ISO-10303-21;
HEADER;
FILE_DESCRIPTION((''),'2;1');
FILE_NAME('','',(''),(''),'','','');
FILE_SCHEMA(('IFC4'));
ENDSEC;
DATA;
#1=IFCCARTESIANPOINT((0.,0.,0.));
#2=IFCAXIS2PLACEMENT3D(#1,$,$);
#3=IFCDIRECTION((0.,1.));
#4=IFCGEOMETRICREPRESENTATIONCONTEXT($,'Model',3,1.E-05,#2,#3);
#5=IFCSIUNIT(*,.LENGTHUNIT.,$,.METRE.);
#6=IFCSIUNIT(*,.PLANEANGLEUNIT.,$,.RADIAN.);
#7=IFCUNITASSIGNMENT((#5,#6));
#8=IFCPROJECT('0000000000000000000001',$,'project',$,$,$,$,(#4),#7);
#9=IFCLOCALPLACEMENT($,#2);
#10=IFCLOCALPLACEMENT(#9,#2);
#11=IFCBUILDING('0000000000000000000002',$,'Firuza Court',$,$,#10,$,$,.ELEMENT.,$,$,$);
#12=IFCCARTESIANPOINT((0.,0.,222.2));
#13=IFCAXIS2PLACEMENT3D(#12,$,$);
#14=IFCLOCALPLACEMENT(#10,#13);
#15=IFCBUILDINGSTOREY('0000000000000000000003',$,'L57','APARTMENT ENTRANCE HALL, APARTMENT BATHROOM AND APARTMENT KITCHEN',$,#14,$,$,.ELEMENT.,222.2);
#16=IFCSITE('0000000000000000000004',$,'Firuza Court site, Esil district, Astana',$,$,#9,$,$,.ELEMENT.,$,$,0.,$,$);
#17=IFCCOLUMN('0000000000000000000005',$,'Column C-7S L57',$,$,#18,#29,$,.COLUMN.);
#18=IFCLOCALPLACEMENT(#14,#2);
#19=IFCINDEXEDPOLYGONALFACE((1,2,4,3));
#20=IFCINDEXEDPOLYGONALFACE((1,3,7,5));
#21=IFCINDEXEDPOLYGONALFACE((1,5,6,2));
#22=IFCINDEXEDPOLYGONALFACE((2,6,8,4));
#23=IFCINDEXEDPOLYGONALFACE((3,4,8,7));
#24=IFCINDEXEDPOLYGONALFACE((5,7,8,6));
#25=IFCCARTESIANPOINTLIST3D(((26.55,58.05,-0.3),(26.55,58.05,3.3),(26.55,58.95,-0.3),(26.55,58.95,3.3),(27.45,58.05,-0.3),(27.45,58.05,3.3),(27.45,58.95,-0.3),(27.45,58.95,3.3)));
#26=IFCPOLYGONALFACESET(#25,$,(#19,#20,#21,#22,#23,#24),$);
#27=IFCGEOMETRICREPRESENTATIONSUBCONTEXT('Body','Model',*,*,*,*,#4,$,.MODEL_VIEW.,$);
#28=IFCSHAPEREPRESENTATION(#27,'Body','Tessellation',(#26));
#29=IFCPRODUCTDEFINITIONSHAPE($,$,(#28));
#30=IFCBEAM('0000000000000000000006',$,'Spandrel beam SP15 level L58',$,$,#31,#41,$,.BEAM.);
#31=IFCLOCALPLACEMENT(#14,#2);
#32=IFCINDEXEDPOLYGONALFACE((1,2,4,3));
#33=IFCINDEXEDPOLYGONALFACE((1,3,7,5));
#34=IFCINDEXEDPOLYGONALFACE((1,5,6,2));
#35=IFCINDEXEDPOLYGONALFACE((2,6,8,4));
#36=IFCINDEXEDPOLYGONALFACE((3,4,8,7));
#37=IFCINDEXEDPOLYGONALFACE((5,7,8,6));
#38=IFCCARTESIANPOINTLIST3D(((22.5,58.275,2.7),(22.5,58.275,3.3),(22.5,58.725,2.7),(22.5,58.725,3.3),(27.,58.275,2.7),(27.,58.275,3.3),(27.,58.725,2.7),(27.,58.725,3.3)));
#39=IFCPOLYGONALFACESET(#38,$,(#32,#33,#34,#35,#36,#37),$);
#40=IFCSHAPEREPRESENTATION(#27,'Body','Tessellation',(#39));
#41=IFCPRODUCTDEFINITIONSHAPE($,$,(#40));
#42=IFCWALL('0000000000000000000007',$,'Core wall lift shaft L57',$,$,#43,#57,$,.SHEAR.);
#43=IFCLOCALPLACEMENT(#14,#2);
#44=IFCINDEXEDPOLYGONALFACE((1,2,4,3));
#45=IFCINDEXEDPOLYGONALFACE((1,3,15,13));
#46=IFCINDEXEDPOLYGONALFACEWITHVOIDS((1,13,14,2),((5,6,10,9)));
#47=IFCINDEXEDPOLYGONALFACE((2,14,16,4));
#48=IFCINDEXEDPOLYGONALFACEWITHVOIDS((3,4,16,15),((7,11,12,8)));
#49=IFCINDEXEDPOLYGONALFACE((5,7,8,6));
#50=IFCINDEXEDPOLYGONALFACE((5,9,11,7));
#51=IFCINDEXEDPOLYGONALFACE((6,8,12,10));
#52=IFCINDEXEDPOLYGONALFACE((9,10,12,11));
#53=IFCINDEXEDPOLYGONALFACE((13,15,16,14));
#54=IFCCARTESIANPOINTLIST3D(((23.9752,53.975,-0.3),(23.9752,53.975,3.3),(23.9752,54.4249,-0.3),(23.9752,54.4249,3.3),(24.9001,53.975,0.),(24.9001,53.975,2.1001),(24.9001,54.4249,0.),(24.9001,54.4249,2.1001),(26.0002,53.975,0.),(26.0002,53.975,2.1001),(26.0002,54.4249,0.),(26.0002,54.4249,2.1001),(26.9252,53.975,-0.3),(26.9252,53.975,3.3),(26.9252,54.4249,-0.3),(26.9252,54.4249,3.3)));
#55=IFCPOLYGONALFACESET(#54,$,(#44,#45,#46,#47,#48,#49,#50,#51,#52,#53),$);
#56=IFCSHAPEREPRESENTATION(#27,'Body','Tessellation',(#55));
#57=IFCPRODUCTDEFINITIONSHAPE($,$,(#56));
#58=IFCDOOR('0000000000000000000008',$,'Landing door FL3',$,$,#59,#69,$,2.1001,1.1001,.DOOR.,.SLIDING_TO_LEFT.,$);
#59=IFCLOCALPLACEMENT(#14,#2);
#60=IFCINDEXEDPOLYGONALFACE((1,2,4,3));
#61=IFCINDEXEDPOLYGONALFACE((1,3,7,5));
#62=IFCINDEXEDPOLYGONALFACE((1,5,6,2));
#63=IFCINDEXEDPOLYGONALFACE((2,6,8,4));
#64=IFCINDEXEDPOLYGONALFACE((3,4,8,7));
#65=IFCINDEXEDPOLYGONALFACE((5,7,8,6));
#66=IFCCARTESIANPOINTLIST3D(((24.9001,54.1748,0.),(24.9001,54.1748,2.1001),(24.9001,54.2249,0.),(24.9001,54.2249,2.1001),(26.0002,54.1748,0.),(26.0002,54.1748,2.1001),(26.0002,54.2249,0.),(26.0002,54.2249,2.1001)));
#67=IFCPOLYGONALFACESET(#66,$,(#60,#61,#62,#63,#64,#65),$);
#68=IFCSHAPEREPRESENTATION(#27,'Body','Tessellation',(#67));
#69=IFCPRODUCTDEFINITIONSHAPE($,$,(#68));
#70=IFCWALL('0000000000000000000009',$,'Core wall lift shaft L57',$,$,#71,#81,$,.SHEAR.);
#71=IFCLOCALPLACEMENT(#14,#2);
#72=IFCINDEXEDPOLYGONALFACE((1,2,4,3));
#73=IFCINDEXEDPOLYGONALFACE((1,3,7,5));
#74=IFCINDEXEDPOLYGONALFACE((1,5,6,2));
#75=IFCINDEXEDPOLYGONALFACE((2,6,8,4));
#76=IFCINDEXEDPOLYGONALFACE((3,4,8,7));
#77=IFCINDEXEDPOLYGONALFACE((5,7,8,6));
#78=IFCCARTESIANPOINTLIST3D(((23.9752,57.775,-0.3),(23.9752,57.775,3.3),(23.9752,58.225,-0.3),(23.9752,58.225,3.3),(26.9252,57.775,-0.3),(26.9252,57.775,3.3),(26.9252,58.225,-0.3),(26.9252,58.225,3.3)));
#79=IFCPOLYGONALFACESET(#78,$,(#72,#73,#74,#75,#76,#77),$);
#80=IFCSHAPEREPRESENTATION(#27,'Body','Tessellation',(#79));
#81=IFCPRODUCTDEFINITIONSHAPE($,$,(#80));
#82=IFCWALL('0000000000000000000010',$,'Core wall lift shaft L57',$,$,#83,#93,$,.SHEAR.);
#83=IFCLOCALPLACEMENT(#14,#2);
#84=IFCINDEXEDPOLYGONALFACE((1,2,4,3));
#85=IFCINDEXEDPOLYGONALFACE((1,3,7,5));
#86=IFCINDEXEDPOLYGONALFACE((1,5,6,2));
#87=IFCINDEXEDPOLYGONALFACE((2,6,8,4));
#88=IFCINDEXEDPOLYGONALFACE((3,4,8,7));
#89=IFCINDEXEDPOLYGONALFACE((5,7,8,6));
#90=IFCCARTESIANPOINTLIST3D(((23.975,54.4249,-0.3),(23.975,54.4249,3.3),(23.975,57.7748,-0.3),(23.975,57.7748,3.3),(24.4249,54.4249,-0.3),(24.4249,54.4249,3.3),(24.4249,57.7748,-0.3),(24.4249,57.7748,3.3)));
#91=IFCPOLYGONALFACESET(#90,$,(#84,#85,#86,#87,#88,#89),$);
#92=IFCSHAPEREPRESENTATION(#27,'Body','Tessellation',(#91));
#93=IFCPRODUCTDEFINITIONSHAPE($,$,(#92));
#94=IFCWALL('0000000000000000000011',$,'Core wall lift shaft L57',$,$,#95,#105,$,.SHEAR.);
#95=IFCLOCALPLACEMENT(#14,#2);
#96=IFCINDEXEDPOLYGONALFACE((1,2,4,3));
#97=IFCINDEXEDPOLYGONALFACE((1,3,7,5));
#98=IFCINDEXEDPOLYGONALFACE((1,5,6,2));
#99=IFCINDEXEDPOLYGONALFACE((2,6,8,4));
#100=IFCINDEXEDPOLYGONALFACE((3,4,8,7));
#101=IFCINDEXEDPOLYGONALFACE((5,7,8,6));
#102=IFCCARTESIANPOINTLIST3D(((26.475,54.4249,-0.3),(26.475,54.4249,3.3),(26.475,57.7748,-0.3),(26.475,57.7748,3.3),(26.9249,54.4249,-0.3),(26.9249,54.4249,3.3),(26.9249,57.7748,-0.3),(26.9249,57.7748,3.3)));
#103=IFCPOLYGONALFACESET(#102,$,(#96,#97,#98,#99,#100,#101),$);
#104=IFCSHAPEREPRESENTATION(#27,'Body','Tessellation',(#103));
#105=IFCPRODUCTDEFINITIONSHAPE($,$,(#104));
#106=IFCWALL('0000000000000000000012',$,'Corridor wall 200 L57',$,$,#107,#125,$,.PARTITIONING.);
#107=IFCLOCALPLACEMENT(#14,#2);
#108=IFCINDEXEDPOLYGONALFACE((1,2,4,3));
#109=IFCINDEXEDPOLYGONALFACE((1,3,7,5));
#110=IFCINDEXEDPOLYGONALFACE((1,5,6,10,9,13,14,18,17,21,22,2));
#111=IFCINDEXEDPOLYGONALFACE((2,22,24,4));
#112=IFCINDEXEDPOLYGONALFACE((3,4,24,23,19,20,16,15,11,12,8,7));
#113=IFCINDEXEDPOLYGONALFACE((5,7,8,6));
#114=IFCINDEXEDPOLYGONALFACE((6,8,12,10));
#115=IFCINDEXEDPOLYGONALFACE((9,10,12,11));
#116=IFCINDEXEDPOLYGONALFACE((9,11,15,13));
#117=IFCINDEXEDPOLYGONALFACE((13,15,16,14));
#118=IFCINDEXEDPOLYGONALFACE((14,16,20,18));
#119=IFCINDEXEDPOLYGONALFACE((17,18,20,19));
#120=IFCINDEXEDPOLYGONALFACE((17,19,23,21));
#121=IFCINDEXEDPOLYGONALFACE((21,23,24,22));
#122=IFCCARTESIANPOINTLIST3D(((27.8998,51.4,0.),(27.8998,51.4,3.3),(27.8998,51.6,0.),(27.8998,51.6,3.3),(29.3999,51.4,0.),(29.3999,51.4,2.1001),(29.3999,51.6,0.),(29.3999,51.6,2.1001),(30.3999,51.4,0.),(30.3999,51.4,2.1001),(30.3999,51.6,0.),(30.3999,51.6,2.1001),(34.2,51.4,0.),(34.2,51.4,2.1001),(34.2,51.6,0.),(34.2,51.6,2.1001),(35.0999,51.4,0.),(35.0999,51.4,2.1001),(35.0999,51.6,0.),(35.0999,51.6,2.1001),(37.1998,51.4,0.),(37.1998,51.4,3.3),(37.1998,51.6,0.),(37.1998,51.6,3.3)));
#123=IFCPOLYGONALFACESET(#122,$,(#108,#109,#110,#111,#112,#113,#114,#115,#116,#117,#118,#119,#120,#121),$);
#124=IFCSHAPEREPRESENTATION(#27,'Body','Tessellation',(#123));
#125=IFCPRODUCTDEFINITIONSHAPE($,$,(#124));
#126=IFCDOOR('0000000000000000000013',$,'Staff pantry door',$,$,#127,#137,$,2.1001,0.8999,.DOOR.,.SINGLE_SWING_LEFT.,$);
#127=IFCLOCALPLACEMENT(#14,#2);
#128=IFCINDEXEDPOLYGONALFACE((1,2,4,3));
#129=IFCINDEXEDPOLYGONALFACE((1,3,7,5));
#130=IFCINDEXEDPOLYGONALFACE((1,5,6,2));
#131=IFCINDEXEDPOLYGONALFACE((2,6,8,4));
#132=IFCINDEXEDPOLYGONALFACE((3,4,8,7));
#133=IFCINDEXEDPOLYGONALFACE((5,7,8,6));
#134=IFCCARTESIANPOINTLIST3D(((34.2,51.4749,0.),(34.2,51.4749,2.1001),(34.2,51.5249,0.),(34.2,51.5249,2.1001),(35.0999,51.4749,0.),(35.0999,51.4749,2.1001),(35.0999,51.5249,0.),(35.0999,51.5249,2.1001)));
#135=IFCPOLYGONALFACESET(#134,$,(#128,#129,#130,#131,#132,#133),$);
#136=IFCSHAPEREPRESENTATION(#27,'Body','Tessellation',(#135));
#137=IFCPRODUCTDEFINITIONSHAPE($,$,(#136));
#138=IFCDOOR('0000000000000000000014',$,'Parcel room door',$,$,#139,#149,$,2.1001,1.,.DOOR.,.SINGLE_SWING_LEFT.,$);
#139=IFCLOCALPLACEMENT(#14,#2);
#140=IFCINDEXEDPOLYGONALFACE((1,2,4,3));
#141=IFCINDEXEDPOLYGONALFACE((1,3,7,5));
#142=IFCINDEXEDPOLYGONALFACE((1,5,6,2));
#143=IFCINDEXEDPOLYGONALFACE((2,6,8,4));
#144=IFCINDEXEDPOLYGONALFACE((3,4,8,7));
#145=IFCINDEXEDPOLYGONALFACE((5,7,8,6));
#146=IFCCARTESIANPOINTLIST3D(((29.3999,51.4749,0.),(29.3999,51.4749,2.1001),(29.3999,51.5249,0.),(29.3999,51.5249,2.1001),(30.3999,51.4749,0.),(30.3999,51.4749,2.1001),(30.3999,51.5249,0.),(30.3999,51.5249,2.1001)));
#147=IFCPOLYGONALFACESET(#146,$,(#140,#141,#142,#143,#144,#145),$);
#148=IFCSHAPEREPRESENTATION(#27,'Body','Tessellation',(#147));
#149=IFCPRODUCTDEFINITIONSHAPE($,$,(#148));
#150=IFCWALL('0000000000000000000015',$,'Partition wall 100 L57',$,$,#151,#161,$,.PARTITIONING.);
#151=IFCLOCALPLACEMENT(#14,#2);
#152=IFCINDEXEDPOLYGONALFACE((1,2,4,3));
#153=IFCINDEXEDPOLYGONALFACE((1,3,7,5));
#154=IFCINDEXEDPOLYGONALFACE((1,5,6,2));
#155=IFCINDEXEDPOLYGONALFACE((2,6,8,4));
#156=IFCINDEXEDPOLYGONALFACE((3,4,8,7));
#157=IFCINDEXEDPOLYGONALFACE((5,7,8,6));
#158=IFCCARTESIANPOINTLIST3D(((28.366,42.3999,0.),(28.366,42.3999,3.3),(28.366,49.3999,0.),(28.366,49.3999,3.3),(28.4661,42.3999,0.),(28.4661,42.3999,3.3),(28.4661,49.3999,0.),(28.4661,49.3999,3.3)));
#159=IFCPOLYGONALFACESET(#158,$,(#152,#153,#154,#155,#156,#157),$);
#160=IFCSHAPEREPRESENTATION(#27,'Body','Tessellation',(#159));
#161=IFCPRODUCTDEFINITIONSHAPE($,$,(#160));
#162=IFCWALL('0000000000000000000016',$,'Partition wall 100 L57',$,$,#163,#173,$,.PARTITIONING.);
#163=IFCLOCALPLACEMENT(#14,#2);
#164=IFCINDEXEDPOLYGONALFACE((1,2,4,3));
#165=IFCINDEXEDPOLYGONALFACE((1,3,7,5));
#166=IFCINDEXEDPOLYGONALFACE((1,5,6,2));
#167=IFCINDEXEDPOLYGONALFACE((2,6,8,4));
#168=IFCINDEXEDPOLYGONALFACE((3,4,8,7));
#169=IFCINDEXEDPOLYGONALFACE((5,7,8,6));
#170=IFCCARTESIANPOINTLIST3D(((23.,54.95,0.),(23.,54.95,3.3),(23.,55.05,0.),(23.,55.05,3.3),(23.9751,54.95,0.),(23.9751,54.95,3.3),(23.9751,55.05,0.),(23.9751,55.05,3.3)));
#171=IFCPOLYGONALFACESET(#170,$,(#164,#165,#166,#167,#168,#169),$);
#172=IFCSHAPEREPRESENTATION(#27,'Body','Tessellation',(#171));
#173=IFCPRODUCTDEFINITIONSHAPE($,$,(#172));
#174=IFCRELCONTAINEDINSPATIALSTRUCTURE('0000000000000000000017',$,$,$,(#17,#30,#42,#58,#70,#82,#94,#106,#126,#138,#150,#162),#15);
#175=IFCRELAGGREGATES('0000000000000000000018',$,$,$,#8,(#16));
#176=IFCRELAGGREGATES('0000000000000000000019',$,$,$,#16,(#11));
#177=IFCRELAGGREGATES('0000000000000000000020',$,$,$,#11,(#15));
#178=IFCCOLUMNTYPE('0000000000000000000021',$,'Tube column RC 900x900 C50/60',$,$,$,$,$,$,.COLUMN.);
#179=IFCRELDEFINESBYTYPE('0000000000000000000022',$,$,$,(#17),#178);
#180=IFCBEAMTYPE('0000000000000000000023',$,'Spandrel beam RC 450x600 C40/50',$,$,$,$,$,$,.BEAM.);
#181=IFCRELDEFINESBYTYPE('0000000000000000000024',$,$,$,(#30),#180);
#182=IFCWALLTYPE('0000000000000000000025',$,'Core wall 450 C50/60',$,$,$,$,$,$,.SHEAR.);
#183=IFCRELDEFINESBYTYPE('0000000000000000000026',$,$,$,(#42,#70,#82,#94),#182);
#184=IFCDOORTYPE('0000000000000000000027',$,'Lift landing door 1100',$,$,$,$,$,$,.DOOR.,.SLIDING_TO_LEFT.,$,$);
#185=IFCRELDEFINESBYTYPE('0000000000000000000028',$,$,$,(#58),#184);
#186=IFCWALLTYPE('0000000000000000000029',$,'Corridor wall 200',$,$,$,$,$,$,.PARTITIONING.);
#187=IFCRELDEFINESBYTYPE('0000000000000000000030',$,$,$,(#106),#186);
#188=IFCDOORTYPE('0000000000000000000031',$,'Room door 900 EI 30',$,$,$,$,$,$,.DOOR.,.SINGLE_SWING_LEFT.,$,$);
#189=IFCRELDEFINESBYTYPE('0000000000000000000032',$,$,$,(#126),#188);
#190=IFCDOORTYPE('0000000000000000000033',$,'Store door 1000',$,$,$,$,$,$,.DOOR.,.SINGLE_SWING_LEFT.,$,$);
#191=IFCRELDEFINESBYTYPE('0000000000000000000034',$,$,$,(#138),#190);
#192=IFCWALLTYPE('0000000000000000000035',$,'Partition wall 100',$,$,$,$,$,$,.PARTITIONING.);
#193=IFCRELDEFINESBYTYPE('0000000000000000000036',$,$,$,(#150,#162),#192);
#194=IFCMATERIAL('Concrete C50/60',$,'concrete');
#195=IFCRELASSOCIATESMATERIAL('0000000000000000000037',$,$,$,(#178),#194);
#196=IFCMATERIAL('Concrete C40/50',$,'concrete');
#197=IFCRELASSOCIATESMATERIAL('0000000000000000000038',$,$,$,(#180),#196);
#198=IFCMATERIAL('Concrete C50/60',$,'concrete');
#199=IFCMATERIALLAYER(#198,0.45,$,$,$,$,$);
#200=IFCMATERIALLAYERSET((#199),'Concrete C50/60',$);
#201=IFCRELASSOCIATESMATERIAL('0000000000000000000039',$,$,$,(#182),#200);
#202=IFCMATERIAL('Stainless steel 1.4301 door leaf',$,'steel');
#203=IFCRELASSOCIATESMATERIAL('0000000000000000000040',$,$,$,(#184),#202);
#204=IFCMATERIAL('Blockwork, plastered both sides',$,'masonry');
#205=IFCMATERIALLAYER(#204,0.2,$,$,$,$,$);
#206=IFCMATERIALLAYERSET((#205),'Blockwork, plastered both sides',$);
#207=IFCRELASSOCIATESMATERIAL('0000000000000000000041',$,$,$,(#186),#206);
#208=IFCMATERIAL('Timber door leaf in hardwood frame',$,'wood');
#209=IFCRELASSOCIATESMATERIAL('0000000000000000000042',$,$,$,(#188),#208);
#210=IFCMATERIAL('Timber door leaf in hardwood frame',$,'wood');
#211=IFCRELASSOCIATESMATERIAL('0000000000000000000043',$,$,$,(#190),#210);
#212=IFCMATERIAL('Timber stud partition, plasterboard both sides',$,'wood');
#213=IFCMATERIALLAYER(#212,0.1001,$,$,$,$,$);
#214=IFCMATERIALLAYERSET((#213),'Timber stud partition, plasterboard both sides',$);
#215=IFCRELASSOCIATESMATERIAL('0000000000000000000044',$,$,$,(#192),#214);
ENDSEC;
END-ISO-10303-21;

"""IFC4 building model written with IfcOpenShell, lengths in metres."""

from ifc_helpers import new_model, si_unit, direction, frame, frame_2d, origin, origin_2d, place, context, subcontext, project, spatial, rectangle, extrude, material, layer, layer_set, material_profile, profile_set, type_object, element, fill, save


model = new_model("IFC4")

# Units and contexts
model_context = context("Model", 3, precision=1e-05, world=origin(), true_north=direction((0.0, 1.0)))
body_context = subcontext(model_context, "Body", "Model", "MODEL_VIEW")
ifc_project = project(units=[si_unit("LENGTHUNIT", "METRE"), si_unit("PLANEANGLEUNIT", "RADIAN")], contexts=[model_context])

# Site, building, storey
site_placement = place(None, origin())
site = spatial("IfcSite", under=ifc_project, at=site_placement, Name="Firuza Court site, Esil district, Astana", CompositionType="ELEMENT", RefElevation=0.0)
building_placement = place(site_placement, origin())
building = spatial("IfcBuilding", under=site, at=building_placement, Name="Firuza Court", CompositionType="ELEMENT")
storey_placement = place(building_placement, frame((0.0, 0.0, 222.2)))
storey = spatial("IfcBuildingStorey", under=building, at=storey_placement, Name="L57", Description="APARTMENT ENTRANCE HALL, APARTMENT BATHROOM AND APARTMENT KITCHEN", CompositionType="ELEMENT", Elevation=222.2)

# Column
ifc_material_1 = material(Name="Concrete C50/60", Category="concrete")
ifc_material_profile_1 = material_profile(ifc_material_1, rectangle(XDim=0.8999, YDim=0.8999, at=origin_2d()), Name="RC 900x900")
ifc_profile_set_1 = profile_set([ifc_material_profile_1], Name="Concrete C50/60")
column_type = type_object("IfcColumnType", Name="Tube column RC 900x900 C50/60", PredefinedType="COLUMN", material=ifc_profile_set_1)
column_placement = place(storey_placement, frame((27.0, 58.5, -0.3), z_axis=(0.0, 0.0, 1.0), x_axis=(1.0, 0.0, 0.0)))
element("IfcColumn", 1, at=column_placement, inside=storey, type_object=column_type, Name="Column C-7S L57", PredefinedType="COLUMN", context=body_context, shape_type="SweptSolid", body=[
    extrude(rectangle(XDim=0.8999, YDim=0.8999, at=origin_2d()), origin(), (0.0, 0.0, 1.0), 3.6001),
])

# Beam
ifc_material_2 = material(Name="Concrete C40/50", Category="concrete")
ifc_material_profile_2 = material_profile(ifc_material_2, rectangle(XDim=0.45, YDim=0.6001, at=origin_2d()), Name="RC 450x600")
ifc_profile_set_2 = profile_set([ifc_material_profile_2], Name="Concrete C40/50")
beam_type = type_object("IfcBeamType", Name="Spandrel beam RC 450x600 C40/50", PredefinedType="BEAM", material=ifc_profile_set_2)
beam_placement = place(storey_placement, frame((27.0, 58.5, 3.0), z_axis=(-1.0, 0.0, 0.0), x_axis=(0.0, -1.0, 0.0)))
element("IfcBeam", 2, at=beam_placement, inside=storey, type_object=beam_type, Name="Spandrel beam SP15 level L58", PredefinedType="BEAM", context=body_context, shape_type="SweptSolid", body=[
    extrude(rectangle(XDim=0.45, YDim=0.6001, at=origin_2d()), origin(), (0.0, 0.0, 1.0), 4.5),
])

# Wall, opening, door
ifc_material_3 = material(Name="Concrete C50/60", Category="concrete")
ifc_layer_1 = layer(ifc_material_3, 0.45)
ifc_layer_set_1 = layer_set([ifc_layer_1], Name="Concrete C50/60")
wall_type_1 = type_object("IfcWallType", Name="Core wall 450 C50/60", PredefinedType="SHEAR", material=ifc_layer_set_1)
wall_1_placement = place(storey_placement, frame((23.9751, 54.2, -0.3), z_axis=(0.0, 0.0, 1.0), x_axis=(1.0, 0.0, 0.0)))
wall_1 = element("IfcWall", 3, at=wall_1_placement, inside=storey, type_object=wall_type_1, Name="Core wall lift shaft L57", PredefinedType="SHEAR", context=body_context, shape_type="SweptSolid", body=[
    extrude(rectangle(XDim=2.95, YDim=0.45, at=frame_2d((1.4751, 0.0))), origin(), (0.0, 0.0, 1.0), 3.6001),
])
opening_1_placement = place(wall_1_placement, frame((0.925, 0.0, 0.3)))
opening_1 = element("IfcOpeningElement", 4, at=opening_1_placement, cuts=wall_1, PredefinedType="OPENING", context=body_context, shape_type="SweptSolid", body=[
    extrude(rectangle(XDim=1.1001, YDim=2.1001, at=frame_2d((0.55, 1.05))), frame((0.0, 0.2368, 0.0), z_axis=(0.0, -1.0, 0.0), x_axis=(1.0, 0.0, 0.0)), (0.0, 0.0, 1.0), 0.4739),
])
ifc_material_4 = material(Name="Stainless steel 1.4301 door leaf", Category="steel")
door_type_1 = type_object("IfcDoorType", Name="Lift landing door 1100", OperationType="SLIDING_TO_LEFT", PredefinedType="DOOR", material=ifc_material_4)
door_1_placement = place(opening_1_placement, origin())
door_1 = element("IfcDoor", 5, at=door_1_placement, inside=storey, type_object=door_type_1, Name="Landing door FL3", OperationType="SLIDING_TO_LEFT", OverallHeight=2.1001, OverallWidth=1.1001, PredefinedType="DOOR", context=body_context, shape_type="SweptSolid", body=[
    extrude(rectangle(XDim=1.1001, YDim=2.1001, at=frame_2d((0.55, 1.05))), frame((0.0, 0.0249, 0.0), z_axis=(0.0, -1.0, 0.0), x_axis=(1.0, 0.0, 0.0)), (0.0, 0.0, 1.0), 0.05),
])
fill(opening_1, door_1)

# Walls
wall_2_placement = place(storey_placement, frame((23.9751, 58.0, -0.3), z_axis=(0.0, 0.0, 1.0), x_axis=(1.0, 0.0, 0.0)))
element("IfcWall", 6, at=wall_2_placement, inside=storey, type_object=wall_type_1, Name="Core wall lift shaft L57", PredefinedType="SHEAR", context=body_context, shape_type="SweptSolid", body=[
    extrude(rectangle(XDim=2.95, YDim=0.45, at=frame_2d((1.4751, 0.0))), origin(), (0.0, 0.0, 1.0), 3.6001),
])
for number, where, z_axis, x_axis, name in (
    (7, (24.2, 54.425, -0.3), (0.0, 0.0, 1.0), (0.0, 1.0, 0.0), "Core wall lift shaft L57"),
    (8, (26.7, 54.425, -0.3), (0.0, 0.0, 1.0), (0.0, 1.0, 0.0), "Core wall lift shaft L57"),
):
    element("IfcWall", number, at=place(storey_placement, frame(where, z_axis=z_axis, x_axis=x_axis)), inside=storey, type_object=wall_type_1, Name=name, PredefinedType="SHEAR", context=body_context, shape_type="SweptSolid", body=[
        extrude(rectangle(XDim=3.3499, YDim=0.45, at=frame_2d((1.6748, 0.0))), origin(), (0.0, 0.0, 1.0), 3.6001),
    ])

# Wall, openings, doors
ifc_material_5 = material(Name="Blockwork, plastered both sides", Category="masonry")
ifc_layer_2 = layer(ifc_material_5, 0.2)
ifc_layer_set_2 = layer_set([ifc_layer_2], Name="Blockwork, plastered both sides")
wall_type_2 = type_object("IfcWallType", Name="Corridor wall 200", PredefinedType="PARTITIONING", material=ifc_layer_set_2)
wall_3_placement = place(storey_placement, frame((27.8999, 51.5, 0.0), z_axis=(0.0, 0.0, 1.0), x_axis=(1.0, 0.0, 0.0)))
wall_3 = element("IfcWall", 9, at=wall_3_placement, inside=storey, type_object=wall_type_2, Name="Corridor wall 200 L57", PredefinedType="PARTITIONING", context=body_context, shape_type="SweptSolid", body=[
    extrude(rectangle(XDim=9.3, YDim=0.2, at=frame_2d((4.6499, 0.0))), origin(), (0.0, 0.0, 1.0), 3.3),
])
opening_2_placement = place(wall_3_placement, frame((1.5, 0.0, 0.0)))
opening_2 = element("IfcOpeningElement", 10, at=opening_2_placement, cuts=wall_3, PredefinedType="OPENING", context=body_context, shape_type="SweptSolid", body=[
    extrude(rectangle(XDim=1.0, YDim=2.1001, at=frame_2d((0.5, 1.05))), frame((0.0, 0.1118, 0.0), z_axis=(0.0, -1.0, 0.0), x_axis=(1.0, 0.0, 0.0)), (0.0, 0.0, 1.0), 0.2239),
])
opening_3_placement = place(wall_3_placement, frame((6.3, 0.0, 0.0)))
opening_3 = element("IfcOpeningElement", 11, at=opening_3_placement, cuts=wall_3, PredefinedType="OPENING", context=body_context, shape_type="SweptSolid", body=[
    extrude(rectangle(XDim=0.8999, YDim=2.1001, at=frame_2d((0.45, 1.05))), frame((0.0, 0.1118, 0.0), z_axis=(0.0, -1.0, 0.0), x_axis=(1.0, 0.0, 0.0)), (0.0, 0.0, 1.0), 0.2239),
])
ifc_material_6 = material(Name="Timber door leaf in hardwood frame", Category="wood")
door_type_2 = type_object("IfcDoorType", Name="Room door 900 EI 30", OperationType="SINGLE_SWING_LEFT", PredefinedType="DOOR", material=ifc_material_6)
door_2_placement = place(opening_3_placement, origin())
door_2 = element("IfcDoor", 12, at=door_2_placement, inside=storey, type_object=door_type_2, Name="Staff pantry door", OperationType="SINGLE_SWING_LEFT", OverallHeight=2.1001, OverallWidth=0.8999, PredefinedType="DOOR", context=body_context, shape_type="SweptSolid", body=[
    extrude(rectangle(XDim=0.8999, YDim=2.1001, at=frame_2d((0.45, 1.05))), frame((0.0, 0.0249, 0.0), z_axis=(0.0, -1.0, 0.0), x_axis=(1.0, 0.0, 0.0)), (0.0, 0.0, 1.0), 0.05),
])
fill(opening_3, door_2)
ifc_material_7 = material(Name="Timber door leaf in hardwood frame", Category="wood")
door_type_3 = type_object("IfcDoorType", Name="Store door 1000", OperationType="SINGLE_SWING_LEFT", PredefinedType="DOOR", material=ifc_material_7)
door_3_placement = place(opening_2_placement, origin())
door_3 = element("IfcDoor", 13, at=door_3_placement, inside=storey, type_object=door_type_3, Name="Parcel room door", OperationType="SINGLE_SWING_LEFT", OverallHeight=2.1001, OverallWidth=1.0, PredefinedType="DOOR", context=body_context, shape_type="SweptSolid", body=[
    extrude(rectangle(XDim=1.0, YDim=2.1001, at=frame_2d((0.5, 1.05))), frame((0.0, 0.0249, 0.0), z_axis=(0.0, -1.0, 0.0), x_axis=(1.0, 0.0, 0.0)), (0.0, 0.0, 1.0), 0.05),
])
fill(opening_2, door_3)

# Walls
ifc_material_8 = material(Name="Timber stud partition, plasterboard both sides", Category="wood")
ifc_layer_3 = layer(ifc_material_8, 0.1001)
ifc_layer_set_3 = layer_set([ifc_layer_3], Name="Timber stud partition, plasterboard both sides")
wall_type_3 = type_object("IfcWallType", Name="Partition wall 100", PredefinedType="PARTITIONING", material=ifc_layer_set_3)
wall_4_placement = place(storey_placement, frame((28.416, 42.3999, 0.0), z_axis=(0.0, 0.0, 1.0), x_axis=(0.0, 1.0, 0.0)))
element("IfcWall", 14, at=wall_4_placement, inside=storey, type_object=wall_type_3, Name="Partition wall 100 L57", PredefinedType="PARTITIONING", context=body_context, shape_type="SweptSolid", body=[
    extrude(rectangle(XDim=7.0, YDim=0.1001, at=frame_2d((3.5, 0.0))), origin(), (0.0, 0.0, 1.0), 3.3),
])
wall_5_placement = place(storey_placement, frame((23.0, 55.0, 0.0), z_axis=(0.0, 0.0, 1.0), x_axis=(1.0, 0.0, 0.0)))
element("IfcWall", 15, at=wall_5_placement, inside=storey, type_object=wall_type_3, Name="Partition wall 100 L57", PredefinedType="PARTITIONING", context=body_context, shape_type="SweptSolid", body=[
    extrude(rectangle(XDim=0.9751, YDim=0.1001, at=frame_2d((0.4875, 0.0))), origin(), (0.0, 0.0, 1.0), 3.3),
])

save(model, "model.ifc")
